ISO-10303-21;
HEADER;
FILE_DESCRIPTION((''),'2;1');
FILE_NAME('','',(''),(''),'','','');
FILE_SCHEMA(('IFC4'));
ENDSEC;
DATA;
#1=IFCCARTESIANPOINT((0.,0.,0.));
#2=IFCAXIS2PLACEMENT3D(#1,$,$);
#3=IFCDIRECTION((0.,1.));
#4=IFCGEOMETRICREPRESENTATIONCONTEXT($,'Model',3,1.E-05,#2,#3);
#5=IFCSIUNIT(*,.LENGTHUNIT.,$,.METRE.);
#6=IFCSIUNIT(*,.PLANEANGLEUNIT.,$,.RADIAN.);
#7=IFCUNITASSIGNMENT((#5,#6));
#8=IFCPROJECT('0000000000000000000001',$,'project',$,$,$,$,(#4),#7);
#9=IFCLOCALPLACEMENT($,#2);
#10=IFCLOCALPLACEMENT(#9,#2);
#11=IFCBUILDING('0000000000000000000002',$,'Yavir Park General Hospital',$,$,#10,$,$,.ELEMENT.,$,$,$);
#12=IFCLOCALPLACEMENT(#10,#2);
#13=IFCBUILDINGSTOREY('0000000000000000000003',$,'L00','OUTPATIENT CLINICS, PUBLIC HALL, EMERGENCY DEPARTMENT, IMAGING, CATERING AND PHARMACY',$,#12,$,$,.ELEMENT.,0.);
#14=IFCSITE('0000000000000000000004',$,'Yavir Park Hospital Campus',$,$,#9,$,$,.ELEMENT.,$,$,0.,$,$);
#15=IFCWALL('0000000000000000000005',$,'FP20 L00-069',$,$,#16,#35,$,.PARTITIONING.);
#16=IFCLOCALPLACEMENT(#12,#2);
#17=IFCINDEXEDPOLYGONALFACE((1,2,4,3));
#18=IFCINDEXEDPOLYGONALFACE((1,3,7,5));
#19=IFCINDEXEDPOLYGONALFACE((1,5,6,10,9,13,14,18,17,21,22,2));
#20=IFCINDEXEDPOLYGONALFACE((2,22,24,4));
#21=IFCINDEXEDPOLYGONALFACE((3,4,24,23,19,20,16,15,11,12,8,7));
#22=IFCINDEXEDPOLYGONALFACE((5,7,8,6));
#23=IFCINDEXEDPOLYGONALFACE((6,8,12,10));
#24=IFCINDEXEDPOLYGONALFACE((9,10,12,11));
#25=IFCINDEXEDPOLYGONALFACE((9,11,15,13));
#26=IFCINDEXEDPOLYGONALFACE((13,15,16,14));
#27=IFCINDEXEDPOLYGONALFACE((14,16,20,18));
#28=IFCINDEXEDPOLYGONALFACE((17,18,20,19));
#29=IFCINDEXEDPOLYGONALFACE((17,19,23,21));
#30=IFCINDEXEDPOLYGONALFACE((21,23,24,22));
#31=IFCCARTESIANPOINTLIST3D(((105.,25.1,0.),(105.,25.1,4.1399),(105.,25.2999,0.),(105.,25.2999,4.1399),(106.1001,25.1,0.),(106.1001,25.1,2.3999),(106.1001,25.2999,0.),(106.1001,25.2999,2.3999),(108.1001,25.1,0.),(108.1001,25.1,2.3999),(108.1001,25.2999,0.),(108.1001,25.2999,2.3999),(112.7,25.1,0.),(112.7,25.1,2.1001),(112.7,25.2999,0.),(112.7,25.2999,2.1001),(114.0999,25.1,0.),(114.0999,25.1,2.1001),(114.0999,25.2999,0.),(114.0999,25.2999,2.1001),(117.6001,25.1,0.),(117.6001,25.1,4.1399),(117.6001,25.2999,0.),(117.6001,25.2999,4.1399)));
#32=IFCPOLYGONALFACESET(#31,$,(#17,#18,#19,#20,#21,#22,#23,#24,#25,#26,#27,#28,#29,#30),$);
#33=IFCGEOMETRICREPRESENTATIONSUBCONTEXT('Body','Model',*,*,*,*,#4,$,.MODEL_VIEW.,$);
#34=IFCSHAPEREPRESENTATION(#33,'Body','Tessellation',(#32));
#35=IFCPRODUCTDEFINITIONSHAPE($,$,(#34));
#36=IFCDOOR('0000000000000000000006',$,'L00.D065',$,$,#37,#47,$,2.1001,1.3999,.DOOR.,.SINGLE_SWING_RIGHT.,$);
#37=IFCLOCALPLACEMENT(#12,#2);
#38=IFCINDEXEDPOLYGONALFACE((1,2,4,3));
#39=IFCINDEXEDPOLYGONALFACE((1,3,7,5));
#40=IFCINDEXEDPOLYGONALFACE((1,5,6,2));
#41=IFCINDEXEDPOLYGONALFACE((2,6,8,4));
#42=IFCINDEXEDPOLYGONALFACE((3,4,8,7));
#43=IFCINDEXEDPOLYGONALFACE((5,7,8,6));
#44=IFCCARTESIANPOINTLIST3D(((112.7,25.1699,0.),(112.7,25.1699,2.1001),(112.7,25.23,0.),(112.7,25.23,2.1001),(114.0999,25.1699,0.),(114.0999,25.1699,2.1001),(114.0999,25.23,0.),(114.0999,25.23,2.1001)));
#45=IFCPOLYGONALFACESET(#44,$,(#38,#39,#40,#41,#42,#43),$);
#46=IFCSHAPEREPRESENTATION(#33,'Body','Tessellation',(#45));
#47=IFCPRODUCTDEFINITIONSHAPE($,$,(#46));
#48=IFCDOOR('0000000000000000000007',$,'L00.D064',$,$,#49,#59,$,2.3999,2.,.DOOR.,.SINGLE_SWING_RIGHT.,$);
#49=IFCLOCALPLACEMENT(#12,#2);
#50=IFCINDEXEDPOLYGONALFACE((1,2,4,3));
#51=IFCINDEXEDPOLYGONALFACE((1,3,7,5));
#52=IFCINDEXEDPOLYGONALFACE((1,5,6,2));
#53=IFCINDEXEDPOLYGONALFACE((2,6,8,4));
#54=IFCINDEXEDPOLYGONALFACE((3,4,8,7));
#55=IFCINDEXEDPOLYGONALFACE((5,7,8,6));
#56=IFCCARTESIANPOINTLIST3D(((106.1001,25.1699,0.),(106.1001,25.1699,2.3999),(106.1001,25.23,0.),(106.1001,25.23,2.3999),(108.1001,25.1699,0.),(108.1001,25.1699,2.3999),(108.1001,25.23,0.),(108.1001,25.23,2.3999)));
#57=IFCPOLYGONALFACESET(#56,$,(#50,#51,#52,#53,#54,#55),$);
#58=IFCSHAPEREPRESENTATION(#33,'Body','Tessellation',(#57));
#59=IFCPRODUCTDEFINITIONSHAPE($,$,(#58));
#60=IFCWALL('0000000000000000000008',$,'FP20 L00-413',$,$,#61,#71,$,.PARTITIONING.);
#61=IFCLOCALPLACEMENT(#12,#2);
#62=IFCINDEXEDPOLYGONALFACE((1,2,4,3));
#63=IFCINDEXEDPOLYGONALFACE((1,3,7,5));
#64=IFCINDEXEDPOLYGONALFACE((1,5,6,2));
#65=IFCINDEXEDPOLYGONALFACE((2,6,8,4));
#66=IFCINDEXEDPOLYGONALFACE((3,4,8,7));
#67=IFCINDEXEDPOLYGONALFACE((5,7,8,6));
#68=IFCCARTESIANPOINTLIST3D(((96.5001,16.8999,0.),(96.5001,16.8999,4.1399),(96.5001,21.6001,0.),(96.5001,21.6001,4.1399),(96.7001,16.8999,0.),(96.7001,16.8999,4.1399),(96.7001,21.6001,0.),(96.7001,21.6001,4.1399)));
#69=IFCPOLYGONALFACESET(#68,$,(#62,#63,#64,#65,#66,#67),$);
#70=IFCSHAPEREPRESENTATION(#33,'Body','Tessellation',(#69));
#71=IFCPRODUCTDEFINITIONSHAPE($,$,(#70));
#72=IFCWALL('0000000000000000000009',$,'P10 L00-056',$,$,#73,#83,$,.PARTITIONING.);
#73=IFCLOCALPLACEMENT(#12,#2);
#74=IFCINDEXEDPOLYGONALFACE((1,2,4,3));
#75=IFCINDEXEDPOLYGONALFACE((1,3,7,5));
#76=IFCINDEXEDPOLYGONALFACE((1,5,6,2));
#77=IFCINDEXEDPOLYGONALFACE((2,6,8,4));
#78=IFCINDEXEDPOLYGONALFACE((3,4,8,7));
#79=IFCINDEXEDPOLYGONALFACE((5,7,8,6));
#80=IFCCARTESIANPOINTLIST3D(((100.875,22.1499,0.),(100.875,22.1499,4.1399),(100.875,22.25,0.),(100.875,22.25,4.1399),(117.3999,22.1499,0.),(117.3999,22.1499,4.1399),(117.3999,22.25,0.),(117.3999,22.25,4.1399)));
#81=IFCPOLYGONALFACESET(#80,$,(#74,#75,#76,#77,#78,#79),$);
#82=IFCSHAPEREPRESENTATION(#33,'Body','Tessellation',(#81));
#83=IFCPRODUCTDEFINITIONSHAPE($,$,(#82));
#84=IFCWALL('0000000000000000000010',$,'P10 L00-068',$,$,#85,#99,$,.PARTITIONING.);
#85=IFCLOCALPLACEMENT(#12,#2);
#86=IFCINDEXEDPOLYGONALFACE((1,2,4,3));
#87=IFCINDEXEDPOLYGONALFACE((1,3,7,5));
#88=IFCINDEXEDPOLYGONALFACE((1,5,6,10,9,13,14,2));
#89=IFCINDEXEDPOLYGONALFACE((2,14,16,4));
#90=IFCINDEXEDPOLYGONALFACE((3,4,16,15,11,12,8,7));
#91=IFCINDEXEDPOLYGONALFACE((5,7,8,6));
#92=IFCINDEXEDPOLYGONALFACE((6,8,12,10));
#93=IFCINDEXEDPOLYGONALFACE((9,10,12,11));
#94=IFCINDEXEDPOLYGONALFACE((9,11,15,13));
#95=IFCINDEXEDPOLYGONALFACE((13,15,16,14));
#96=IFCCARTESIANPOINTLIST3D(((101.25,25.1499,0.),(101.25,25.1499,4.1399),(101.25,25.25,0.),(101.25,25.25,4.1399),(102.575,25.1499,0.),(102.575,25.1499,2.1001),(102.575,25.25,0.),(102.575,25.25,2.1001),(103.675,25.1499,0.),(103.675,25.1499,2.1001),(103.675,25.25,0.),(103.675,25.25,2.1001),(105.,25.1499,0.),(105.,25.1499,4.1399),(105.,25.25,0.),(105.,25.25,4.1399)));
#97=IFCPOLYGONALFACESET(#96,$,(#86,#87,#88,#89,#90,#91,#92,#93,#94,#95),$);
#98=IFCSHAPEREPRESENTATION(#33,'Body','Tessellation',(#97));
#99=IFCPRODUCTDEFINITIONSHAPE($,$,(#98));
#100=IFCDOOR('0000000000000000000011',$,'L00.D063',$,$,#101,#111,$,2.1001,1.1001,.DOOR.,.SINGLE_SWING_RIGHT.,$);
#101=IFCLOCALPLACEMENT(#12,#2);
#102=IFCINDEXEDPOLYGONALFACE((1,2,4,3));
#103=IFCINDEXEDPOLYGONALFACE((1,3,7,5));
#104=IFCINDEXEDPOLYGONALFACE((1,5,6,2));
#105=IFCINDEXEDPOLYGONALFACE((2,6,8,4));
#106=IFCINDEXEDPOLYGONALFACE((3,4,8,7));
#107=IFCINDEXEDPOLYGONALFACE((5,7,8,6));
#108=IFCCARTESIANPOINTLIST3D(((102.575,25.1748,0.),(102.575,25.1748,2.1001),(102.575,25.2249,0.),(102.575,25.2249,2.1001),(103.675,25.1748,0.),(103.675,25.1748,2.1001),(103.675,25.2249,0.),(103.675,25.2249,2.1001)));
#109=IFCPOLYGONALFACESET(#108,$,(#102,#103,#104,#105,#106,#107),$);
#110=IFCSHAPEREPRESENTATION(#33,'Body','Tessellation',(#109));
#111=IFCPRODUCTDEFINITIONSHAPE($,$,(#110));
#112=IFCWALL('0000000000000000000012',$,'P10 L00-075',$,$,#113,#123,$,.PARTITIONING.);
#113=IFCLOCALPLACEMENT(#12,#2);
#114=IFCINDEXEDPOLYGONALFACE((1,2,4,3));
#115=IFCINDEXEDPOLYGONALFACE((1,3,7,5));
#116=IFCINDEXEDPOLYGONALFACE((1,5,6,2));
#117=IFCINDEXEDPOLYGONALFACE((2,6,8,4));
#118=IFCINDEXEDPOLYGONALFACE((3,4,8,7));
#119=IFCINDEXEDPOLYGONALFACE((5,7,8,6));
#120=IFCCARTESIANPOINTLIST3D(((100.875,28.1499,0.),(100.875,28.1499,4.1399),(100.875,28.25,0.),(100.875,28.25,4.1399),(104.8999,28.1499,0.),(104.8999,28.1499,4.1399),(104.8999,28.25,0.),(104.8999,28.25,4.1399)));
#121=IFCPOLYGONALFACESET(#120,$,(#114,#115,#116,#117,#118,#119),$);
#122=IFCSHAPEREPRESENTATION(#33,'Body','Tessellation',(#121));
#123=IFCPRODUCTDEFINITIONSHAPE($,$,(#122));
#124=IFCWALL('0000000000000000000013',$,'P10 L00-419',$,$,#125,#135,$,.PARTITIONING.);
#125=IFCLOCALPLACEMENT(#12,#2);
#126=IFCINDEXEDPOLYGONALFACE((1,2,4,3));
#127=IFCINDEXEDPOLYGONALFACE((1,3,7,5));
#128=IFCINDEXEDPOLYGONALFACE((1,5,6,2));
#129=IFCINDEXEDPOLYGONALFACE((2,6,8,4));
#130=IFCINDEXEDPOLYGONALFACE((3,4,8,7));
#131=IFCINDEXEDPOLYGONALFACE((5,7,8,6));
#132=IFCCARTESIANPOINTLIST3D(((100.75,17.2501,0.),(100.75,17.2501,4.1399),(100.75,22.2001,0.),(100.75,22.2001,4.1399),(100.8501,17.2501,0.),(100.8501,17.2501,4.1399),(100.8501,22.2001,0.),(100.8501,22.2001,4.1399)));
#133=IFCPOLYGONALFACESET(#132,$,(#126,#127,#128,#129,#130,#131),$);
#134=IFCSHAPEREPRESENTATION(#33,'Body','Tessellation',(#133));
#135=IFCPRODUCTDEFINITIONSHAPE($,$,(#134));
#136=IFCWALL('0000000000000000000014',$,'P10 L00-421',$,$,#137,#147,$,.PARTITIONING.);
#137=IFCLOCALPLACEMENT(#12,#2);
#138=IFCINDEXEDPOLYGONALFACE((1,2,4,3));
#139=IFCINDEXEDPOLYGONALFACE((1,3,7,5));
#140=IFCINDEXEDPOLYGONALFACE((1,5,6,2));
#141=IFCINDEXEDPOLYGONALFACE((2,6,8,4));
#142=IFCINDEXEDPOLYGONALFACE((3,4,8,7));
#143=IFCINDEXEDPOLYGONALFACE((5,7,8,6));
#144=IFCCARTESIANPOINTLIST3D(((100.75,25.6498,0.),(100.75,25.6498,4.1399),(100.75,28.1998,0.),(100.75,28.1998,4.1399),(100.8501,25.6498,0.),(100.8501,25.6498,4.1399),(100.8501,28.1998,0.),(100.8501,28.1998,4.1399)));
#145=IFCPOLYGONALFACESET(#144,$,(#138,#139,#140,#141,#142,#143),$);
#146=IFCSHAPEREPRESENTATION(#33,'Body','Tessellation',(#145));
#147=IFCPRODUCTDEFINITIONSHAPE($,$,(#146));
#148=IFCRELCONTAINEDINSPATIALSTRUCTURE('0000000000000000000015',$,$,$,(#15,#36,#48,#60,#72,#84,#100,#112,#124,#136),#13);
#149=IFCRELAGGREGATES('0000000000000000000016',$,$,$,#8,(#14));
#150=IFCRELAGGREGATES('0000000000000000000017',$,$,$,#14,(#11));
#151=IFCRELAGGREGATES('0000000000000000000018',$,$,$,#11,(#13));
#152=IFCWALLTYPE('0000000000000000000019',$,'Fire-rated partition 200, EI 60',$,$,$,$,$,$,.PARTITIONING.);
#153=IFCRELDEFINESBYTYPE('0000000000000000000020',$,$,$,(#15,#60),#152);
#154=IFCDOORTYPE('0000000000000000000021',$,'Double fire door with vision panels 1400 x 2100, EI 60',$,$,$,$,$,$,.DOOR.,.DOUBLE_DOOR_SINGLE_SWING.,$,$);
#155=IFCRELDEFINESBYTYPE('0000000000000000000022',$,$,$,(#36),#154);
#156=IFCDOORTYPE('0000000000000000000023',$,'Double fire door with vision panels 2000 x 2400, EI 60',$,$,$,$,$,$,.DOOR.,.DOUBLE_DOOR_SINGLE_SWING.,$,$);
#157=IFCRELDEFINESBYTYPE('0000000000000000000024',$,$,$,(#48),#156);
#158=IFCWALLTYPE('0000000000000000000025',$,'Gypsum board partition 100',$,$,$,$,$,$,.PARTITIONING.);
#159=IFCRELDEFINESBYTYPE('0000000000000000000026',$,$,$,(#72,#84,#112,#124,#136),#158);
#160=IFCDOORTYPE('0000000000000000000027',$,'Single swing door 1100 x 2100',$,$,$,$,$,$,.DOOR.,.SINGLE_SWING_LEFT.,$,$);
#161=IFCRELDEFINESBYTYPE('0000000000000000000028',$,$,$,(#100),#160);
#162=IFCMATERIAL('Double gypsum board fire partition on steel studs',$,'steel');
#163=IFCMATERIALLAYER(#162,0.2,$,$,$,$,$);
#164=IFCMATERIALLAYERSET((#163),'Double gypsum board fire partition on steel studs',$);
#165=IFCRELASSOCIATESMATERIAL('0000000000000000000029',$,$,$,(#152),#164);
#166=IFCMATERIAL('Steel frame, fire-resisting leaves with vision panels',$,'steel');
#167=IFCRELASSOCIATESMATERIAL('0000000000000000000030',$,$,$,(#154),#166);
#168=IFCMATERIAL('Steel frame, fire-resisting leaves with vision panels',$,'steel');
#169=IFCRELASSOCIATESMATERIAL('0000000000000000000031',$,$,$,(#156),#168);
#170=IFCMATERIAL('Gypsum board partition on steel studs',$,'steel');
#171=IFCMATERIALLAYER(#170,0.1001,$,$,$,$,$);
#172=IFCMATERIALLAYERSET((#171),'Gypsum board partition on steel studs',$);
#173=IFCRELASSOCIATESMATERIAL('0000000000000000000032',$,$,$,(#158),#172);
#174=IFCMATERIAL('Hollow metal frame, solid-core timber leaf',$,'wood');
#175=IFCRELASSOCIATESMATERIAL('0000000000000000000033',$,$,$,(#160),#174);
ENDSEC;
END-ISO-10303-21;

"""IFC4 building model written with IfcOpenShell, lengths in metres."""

from ifc_helpers import new_model, si_unit, direction, frame, frame_2d, origin, place, context, subcontext, project, spatial, rectangle, extrude, material, layer, layer_set, type_object, element, fill, save


model = new_model("IFC4")

# Units and contexts
model_context = context("Model", 3, precision=1e-05, world=origin(), true_north=direction((0.0, 1.0)))
body_context = subcontext(model_context, "Body", "Model", "MODEL_VIEW")
ifc_project = project(units=[si_unit("LENGTHUNIT", "METRE"), si_unit("PLANEANGLEUNIT", "RADIAN")], contexts=[model_context])

# Site, building, storey
site_placement = place(None, origin())
site = spatial("IfcSite", under=ifc_project, at=site_placement, Name="Yavir Park Hospital Campus", CompositionType="ELEMENT", RefElevation=0.0)
building_placement = place(site_placement, origin())
building = spatial("IfcBuilding", under=site, at=building_placement, Name="Yavir Park General Hospital", CompositionType="ELEMENT")
storey_placement = place(building_placement, origin())
storey = spatial("IfcBuildingStorey", under=building, at=storey_placement, Name="L00", Description="OUTPATIENT CLINICS, PUBLIC HALL, EMERGENCY DEPARTMENT, IMAGING, CATERING AND PHARMACY", CompositionType="ELEMENT", Elevation=0.0)

# Wall, openings, doors
ifc_material_1 = material(Name="Double gypsum board fire partition on steel studs", Category="steel")
ifc_layer_1 = layer(ifc_material_1, 0.2)
ifc_layer_set_1 = layer_set([ifc_layer_1], Name="Double gypsum board fire partition on steel studs")
wall_type_1 = type_object("IfcWallType", Name="Fire-rated partition 200, EI 60", PredefinedType="PARTITIONING", material=ifc_layer_set_1)
wall_1_placement = place(storey_placement, frame((105.0, 25.2, 0.0), z_axis=(0.0, 0.0, 1.0), x_axis=(1.0, 0.0, 0.0)))
wall_1 = element("IfcWall", 1, at=wall_1_placement, inside=storey, type_object=wall_type_1, Name="FP20 L00-069", PredefinedType="PARTITIONING", context=body_context, shape_type="SweptSolid", body=[
    extrude(rectangle(XDim=12.6001, YDim=0.2, at=frame_2d((6.3, 0.0))), origin(), (0.0, 0.0, 1.0), 4.1399),
])
opening_1_placement = place(wall_1_placement, frame((1.1001, 0.0, 0.0)))
opening_1 = element("IfcOpeningElement", 2, at=opening_1_placement, cuts=wall_1, PredefinedType="OPENING", context=body_context, shape_type="SweptSolid", body=[
    extrude(rectangle(XDim=2.0, YDim=2.3999, at=frame_2d((1.0, 1.2))), frame((0.0, 0.1099, 0.0), z_axis=(0.0, -1.0, 0.0), x_axis=(1.0, 0.0, 0.0)), (0.0, 0.0, 1.0), 0.22),
])
opening_2_placement = place(wall_1_placement, frame((7.7, 0.0, 0.0)))
opening_2 = element("IfcOpeningElement", 3, at=opening_2_placement, cuts=wall_1, PredefinedType="OPENING", context=body_context, shape_type="SweptSolid", body=[
    extrude(rectangle(XDim=1.3999, YDim=2.1001, at=frame_2d((0.7, 1.05))), frame((0.0, 0.1099, 0.0), z_axis=(0.0, -1.0, 0.0), x_axis=(1.0, 0.0, 0.0)), (0.0, 0.0, 1.0), 0.22),
])
ifc_material_2 = material(Name="Steel frame, fire-resisting leaves with vision panels", Category="steel")
door_type_1 = type_object("IfcDoorType", Name="Double fire door with vision panels 1400 x 2100, EI 60", OperationType="DOUBLE_DOOR_SINGLE_SWING", PredefinedType="DOOR", material=ifc_material_2)
door_1_placement = place(opening_2_placement, origin())
door_1 = element("IfcDoor", 4, at=door_1_placement, inside=storey, type_object=door_type_1, Name="L00.D065", OperationType="SINGLE_SWING_RIGHT", OverallHeight=2.1001, OverallWidth=1.3999, PredefinedType="DOOR", context=body_context, shape_type="SweptSolid", body=[
    extrude(rectangle(XDim=1.3999, YDim=2.1001, at=frame_2d((0.7, 1.05))), frame((0.0, 0.03, 0.0), z_axis=(0.0, -1.0, 0.0), x_axis=(1.0, 0.0, 0.0)), (0.0, 0.0, 1.0), 0.0601),
])
fill(opening_2, door_1)
ifc_material_3 = material(Name="Steel frame, fire-resisting leaves with vision panels", Category="steel")
door_type_2 = type_object("IfcDoorType", Name="Double fire door with vision panels 2000 x 2400, EI 60", OperationType="DOUBLE_DOOR_SINGLE_SWING", PredefinedType="DOOR", material=ifc_material_3)
door_2_placement = place(opening_1_placement, origin())
door_2 = element("IfcDoor", 5, at=door_2_placement, inside=storey, type_object=door_type_2, Name="L00.D064", OperationType="SINGLE_SWING_RIGHT", OverallHeight=2.3999, OverallWidth=2.0, PredefinedType="DOOR", context=body_context, shape_type="SweptSolid", body=[
    extrude(rectangle(XDim=2.0, YDim=2.3999, at=frame_2d((1.0, 1.2))), frame((0.0, 0.03, 0.0), z_axis=(0.0, -1.0, 0.0), x_axis=(1.0, 0.0, 0.0)), (0.0, 0.0, 1.0), 0.0601),
])
fill(opening_1, door_2)

# Walls
wall_2_placement = place(storey_placement, frame((96.6001, 16.8999, 0.0), z_axis=(0.0, 0.0, 1.0), x_axis=(0.0, 1.0, 0.0)))
element("IfcWall", 6, at=wall_2_placement, inside=storey, type_object=wall_type_1, Name="FP20 L00-413", PredefinedType="PARTITIONING", context=body_context, shape_type="SweptSolid", body=[
    extrude(rectangle(XDim=4.7002, YDim=0.2, at=frame_2d((2.3501, 0.0))), origin(), (0.0, 0.0, 1.0), 4.1399),
])
ifc_material_4 = material(Name="Gypsum board partition on steel studs", Category="steel")
ifc_layer_2 = layer(ifc_material_4, 0.1001)
ifc_layer_set_2 = layer_set([ifc_layer_2], Name="Gypsum board partition on steel studs")
wall_type_2 = type_object("IfcWallType", Name="Gypsum board partition 100", PredefinedType="PARTITIONING", material=ifc_layer_set_2)
wall_3_placement = place(storey_placement, frame((100.875, 22.2, 0.0), z_axis=(0.0, 0.0, 1.0), x_axis=(1.0, 0.0, 0.0)))
element("IfcWall", 7, at=wall_3_placement, inside=storey, type_object=wall_type_2, Name="P10 L00-056", PredefinedType="PARTITIONING", context=body_context, shape_type="SweptSolid", body=[
    extrude(rectangle(XDim=16.5249, YDim=0.1001, at=frame_2d((8.2625, 0.0))), origin(), (0.0, 0.0, 1.0), 4.1399),
])

# Wall, opening, door
wall_4_placement = place(storey_placement, frame((101.25, 25.2, 0.0), z_axis=(0.0, 0.0, 1.0), x_axis=(1.0, 0.0, 0.0)))
wall_4 = element("IfcWall", 8, at=wall_4_placement, inside=storey, type_object=wall_type_2, Name="P10 L00-068", PredefinedType="PARTITIONING", context=body_context, shape_type="SweptSolid", body=[
    extrude(rectangle(XDim=3.75, YDim=0.1001, at=frame_2d((1.875, 0.0))), origin(), (0.0, 0.0, 1.0), 4.1399),
])
opening_3_placement = place(wall_4_placement, frame((1.325, 0.0, 0.0)))
opening_3 = element("IfcOpeningElement", 9, at=opening_3_placement, cuts=wall_4, PredefinedType="OPENING", context=body_context, shape_type="SweptSolid", body=[
    extrude(rectangle(XDim=1.1001, YDim=2.1001, at=frame_2d((0.55, 1.05))), frame((0.0, 0.0601, 0.0), z_axis=(0.0, -1.0, 0.0), x_axis=(1.0, 0.0, 0.0)), (0.0, 0.0, 1.0), 0.1201),
])
ifc_material_5 = material(Name="Hollow metal frame, solid-core timber leaf", Category="wood")
door_type_3 = type_object("IfcDoorType", Name="Single swing door 1100 x 2100", OperationType="SINGLE_SWING_LEFT", PredefinedType="DOOR", material=ifc_material_5)
door_3_placement = place(opening_3_placement, origin())
door_3 = element("IfcDoor", 10, at=door_3_placement, inside=storey, type_object=door_type_3, Name="L00.D063", OperationType="SINGLE_SWING_RIGHT", OverallHeight=2.1001, OverallWidth=1.1001, PredefinedType="DOOR", context=body_context, shape_type="SweptSolid", body=[
    extrude(rectangle(XDim=1.1001, YDim=2.1001, at=frame_2d((0.55, 1.05))), frame((0.0, 0.0249, 0.0), z_axis=(0.0, -1.0, 0.0), x_axis=(1.0, 0.0, 0.0)), (0.0, 0.0, 1.0), 0.05),
])
fill(opening_3, door_3)

# Walls
wall_5_placement = place(storey_placement, frame((100.875, 28.2, 0.0), z_axis=(0.0, 0.0, 1.0), x_axis=(1.0, 0.0, 0.0)))
element("IfcWall", 11, at=wall_5_placement, inside=storey, type_object=wall_type_2, Name="P10 L00-075", PredefinedType="PARTITIONING", context=body_context, shape_type="SweptSolid", body=[
    extrude(rectangle(XDim=4.0249, YDim=0.1001, at=frame_2d((2.0125, 0.0))), origin(), (0.0, 0.0, 1.0), 4.1399),
])
wall_6_placement = place(storey_placement, frame((100.8, 17.25, 0.0), z_axis=(0.0, 0.0, 1.0), x_axis=(0.0, 1.0, 0.0)))
element("IfcWall", 12, at=wall_6_placement, inside=storey, type_object=wall_type_2, Name="P10 L00-419", PredefinedType="PARTITIONING", context=body_context, shape_type="SweptSolid", body=[
    extrude(rectangle(XDim=4.95, YDim=0.1001, at=frame_2d((2.4751, 0.0))), origin(), (0.0, 0.0, 1.0), 4.1399),
])
wall_7_placement = place(storey_placement, frame((100.8, 25.6499, 0.0), z_axis=(0.0, 0.0, 1.0), x_axis=(0.0, 1.0, 0.0)))
element("IfcWall", 13, at=wall_7_placement, inside=storey, type_object=wall_type_2, Name="P10 L00-421", PredefinedType="PARTITIONING", context=body_context, shape_type="SweptSolid", body=[
    extrude(rectangle(XDim=2.55, YDim=0.1001, at=frame_2d((1.2749, 0.0))), origin(), (0.0, 0.0, 1.0), 4.1399),
])

save(model, "model.ifc")
